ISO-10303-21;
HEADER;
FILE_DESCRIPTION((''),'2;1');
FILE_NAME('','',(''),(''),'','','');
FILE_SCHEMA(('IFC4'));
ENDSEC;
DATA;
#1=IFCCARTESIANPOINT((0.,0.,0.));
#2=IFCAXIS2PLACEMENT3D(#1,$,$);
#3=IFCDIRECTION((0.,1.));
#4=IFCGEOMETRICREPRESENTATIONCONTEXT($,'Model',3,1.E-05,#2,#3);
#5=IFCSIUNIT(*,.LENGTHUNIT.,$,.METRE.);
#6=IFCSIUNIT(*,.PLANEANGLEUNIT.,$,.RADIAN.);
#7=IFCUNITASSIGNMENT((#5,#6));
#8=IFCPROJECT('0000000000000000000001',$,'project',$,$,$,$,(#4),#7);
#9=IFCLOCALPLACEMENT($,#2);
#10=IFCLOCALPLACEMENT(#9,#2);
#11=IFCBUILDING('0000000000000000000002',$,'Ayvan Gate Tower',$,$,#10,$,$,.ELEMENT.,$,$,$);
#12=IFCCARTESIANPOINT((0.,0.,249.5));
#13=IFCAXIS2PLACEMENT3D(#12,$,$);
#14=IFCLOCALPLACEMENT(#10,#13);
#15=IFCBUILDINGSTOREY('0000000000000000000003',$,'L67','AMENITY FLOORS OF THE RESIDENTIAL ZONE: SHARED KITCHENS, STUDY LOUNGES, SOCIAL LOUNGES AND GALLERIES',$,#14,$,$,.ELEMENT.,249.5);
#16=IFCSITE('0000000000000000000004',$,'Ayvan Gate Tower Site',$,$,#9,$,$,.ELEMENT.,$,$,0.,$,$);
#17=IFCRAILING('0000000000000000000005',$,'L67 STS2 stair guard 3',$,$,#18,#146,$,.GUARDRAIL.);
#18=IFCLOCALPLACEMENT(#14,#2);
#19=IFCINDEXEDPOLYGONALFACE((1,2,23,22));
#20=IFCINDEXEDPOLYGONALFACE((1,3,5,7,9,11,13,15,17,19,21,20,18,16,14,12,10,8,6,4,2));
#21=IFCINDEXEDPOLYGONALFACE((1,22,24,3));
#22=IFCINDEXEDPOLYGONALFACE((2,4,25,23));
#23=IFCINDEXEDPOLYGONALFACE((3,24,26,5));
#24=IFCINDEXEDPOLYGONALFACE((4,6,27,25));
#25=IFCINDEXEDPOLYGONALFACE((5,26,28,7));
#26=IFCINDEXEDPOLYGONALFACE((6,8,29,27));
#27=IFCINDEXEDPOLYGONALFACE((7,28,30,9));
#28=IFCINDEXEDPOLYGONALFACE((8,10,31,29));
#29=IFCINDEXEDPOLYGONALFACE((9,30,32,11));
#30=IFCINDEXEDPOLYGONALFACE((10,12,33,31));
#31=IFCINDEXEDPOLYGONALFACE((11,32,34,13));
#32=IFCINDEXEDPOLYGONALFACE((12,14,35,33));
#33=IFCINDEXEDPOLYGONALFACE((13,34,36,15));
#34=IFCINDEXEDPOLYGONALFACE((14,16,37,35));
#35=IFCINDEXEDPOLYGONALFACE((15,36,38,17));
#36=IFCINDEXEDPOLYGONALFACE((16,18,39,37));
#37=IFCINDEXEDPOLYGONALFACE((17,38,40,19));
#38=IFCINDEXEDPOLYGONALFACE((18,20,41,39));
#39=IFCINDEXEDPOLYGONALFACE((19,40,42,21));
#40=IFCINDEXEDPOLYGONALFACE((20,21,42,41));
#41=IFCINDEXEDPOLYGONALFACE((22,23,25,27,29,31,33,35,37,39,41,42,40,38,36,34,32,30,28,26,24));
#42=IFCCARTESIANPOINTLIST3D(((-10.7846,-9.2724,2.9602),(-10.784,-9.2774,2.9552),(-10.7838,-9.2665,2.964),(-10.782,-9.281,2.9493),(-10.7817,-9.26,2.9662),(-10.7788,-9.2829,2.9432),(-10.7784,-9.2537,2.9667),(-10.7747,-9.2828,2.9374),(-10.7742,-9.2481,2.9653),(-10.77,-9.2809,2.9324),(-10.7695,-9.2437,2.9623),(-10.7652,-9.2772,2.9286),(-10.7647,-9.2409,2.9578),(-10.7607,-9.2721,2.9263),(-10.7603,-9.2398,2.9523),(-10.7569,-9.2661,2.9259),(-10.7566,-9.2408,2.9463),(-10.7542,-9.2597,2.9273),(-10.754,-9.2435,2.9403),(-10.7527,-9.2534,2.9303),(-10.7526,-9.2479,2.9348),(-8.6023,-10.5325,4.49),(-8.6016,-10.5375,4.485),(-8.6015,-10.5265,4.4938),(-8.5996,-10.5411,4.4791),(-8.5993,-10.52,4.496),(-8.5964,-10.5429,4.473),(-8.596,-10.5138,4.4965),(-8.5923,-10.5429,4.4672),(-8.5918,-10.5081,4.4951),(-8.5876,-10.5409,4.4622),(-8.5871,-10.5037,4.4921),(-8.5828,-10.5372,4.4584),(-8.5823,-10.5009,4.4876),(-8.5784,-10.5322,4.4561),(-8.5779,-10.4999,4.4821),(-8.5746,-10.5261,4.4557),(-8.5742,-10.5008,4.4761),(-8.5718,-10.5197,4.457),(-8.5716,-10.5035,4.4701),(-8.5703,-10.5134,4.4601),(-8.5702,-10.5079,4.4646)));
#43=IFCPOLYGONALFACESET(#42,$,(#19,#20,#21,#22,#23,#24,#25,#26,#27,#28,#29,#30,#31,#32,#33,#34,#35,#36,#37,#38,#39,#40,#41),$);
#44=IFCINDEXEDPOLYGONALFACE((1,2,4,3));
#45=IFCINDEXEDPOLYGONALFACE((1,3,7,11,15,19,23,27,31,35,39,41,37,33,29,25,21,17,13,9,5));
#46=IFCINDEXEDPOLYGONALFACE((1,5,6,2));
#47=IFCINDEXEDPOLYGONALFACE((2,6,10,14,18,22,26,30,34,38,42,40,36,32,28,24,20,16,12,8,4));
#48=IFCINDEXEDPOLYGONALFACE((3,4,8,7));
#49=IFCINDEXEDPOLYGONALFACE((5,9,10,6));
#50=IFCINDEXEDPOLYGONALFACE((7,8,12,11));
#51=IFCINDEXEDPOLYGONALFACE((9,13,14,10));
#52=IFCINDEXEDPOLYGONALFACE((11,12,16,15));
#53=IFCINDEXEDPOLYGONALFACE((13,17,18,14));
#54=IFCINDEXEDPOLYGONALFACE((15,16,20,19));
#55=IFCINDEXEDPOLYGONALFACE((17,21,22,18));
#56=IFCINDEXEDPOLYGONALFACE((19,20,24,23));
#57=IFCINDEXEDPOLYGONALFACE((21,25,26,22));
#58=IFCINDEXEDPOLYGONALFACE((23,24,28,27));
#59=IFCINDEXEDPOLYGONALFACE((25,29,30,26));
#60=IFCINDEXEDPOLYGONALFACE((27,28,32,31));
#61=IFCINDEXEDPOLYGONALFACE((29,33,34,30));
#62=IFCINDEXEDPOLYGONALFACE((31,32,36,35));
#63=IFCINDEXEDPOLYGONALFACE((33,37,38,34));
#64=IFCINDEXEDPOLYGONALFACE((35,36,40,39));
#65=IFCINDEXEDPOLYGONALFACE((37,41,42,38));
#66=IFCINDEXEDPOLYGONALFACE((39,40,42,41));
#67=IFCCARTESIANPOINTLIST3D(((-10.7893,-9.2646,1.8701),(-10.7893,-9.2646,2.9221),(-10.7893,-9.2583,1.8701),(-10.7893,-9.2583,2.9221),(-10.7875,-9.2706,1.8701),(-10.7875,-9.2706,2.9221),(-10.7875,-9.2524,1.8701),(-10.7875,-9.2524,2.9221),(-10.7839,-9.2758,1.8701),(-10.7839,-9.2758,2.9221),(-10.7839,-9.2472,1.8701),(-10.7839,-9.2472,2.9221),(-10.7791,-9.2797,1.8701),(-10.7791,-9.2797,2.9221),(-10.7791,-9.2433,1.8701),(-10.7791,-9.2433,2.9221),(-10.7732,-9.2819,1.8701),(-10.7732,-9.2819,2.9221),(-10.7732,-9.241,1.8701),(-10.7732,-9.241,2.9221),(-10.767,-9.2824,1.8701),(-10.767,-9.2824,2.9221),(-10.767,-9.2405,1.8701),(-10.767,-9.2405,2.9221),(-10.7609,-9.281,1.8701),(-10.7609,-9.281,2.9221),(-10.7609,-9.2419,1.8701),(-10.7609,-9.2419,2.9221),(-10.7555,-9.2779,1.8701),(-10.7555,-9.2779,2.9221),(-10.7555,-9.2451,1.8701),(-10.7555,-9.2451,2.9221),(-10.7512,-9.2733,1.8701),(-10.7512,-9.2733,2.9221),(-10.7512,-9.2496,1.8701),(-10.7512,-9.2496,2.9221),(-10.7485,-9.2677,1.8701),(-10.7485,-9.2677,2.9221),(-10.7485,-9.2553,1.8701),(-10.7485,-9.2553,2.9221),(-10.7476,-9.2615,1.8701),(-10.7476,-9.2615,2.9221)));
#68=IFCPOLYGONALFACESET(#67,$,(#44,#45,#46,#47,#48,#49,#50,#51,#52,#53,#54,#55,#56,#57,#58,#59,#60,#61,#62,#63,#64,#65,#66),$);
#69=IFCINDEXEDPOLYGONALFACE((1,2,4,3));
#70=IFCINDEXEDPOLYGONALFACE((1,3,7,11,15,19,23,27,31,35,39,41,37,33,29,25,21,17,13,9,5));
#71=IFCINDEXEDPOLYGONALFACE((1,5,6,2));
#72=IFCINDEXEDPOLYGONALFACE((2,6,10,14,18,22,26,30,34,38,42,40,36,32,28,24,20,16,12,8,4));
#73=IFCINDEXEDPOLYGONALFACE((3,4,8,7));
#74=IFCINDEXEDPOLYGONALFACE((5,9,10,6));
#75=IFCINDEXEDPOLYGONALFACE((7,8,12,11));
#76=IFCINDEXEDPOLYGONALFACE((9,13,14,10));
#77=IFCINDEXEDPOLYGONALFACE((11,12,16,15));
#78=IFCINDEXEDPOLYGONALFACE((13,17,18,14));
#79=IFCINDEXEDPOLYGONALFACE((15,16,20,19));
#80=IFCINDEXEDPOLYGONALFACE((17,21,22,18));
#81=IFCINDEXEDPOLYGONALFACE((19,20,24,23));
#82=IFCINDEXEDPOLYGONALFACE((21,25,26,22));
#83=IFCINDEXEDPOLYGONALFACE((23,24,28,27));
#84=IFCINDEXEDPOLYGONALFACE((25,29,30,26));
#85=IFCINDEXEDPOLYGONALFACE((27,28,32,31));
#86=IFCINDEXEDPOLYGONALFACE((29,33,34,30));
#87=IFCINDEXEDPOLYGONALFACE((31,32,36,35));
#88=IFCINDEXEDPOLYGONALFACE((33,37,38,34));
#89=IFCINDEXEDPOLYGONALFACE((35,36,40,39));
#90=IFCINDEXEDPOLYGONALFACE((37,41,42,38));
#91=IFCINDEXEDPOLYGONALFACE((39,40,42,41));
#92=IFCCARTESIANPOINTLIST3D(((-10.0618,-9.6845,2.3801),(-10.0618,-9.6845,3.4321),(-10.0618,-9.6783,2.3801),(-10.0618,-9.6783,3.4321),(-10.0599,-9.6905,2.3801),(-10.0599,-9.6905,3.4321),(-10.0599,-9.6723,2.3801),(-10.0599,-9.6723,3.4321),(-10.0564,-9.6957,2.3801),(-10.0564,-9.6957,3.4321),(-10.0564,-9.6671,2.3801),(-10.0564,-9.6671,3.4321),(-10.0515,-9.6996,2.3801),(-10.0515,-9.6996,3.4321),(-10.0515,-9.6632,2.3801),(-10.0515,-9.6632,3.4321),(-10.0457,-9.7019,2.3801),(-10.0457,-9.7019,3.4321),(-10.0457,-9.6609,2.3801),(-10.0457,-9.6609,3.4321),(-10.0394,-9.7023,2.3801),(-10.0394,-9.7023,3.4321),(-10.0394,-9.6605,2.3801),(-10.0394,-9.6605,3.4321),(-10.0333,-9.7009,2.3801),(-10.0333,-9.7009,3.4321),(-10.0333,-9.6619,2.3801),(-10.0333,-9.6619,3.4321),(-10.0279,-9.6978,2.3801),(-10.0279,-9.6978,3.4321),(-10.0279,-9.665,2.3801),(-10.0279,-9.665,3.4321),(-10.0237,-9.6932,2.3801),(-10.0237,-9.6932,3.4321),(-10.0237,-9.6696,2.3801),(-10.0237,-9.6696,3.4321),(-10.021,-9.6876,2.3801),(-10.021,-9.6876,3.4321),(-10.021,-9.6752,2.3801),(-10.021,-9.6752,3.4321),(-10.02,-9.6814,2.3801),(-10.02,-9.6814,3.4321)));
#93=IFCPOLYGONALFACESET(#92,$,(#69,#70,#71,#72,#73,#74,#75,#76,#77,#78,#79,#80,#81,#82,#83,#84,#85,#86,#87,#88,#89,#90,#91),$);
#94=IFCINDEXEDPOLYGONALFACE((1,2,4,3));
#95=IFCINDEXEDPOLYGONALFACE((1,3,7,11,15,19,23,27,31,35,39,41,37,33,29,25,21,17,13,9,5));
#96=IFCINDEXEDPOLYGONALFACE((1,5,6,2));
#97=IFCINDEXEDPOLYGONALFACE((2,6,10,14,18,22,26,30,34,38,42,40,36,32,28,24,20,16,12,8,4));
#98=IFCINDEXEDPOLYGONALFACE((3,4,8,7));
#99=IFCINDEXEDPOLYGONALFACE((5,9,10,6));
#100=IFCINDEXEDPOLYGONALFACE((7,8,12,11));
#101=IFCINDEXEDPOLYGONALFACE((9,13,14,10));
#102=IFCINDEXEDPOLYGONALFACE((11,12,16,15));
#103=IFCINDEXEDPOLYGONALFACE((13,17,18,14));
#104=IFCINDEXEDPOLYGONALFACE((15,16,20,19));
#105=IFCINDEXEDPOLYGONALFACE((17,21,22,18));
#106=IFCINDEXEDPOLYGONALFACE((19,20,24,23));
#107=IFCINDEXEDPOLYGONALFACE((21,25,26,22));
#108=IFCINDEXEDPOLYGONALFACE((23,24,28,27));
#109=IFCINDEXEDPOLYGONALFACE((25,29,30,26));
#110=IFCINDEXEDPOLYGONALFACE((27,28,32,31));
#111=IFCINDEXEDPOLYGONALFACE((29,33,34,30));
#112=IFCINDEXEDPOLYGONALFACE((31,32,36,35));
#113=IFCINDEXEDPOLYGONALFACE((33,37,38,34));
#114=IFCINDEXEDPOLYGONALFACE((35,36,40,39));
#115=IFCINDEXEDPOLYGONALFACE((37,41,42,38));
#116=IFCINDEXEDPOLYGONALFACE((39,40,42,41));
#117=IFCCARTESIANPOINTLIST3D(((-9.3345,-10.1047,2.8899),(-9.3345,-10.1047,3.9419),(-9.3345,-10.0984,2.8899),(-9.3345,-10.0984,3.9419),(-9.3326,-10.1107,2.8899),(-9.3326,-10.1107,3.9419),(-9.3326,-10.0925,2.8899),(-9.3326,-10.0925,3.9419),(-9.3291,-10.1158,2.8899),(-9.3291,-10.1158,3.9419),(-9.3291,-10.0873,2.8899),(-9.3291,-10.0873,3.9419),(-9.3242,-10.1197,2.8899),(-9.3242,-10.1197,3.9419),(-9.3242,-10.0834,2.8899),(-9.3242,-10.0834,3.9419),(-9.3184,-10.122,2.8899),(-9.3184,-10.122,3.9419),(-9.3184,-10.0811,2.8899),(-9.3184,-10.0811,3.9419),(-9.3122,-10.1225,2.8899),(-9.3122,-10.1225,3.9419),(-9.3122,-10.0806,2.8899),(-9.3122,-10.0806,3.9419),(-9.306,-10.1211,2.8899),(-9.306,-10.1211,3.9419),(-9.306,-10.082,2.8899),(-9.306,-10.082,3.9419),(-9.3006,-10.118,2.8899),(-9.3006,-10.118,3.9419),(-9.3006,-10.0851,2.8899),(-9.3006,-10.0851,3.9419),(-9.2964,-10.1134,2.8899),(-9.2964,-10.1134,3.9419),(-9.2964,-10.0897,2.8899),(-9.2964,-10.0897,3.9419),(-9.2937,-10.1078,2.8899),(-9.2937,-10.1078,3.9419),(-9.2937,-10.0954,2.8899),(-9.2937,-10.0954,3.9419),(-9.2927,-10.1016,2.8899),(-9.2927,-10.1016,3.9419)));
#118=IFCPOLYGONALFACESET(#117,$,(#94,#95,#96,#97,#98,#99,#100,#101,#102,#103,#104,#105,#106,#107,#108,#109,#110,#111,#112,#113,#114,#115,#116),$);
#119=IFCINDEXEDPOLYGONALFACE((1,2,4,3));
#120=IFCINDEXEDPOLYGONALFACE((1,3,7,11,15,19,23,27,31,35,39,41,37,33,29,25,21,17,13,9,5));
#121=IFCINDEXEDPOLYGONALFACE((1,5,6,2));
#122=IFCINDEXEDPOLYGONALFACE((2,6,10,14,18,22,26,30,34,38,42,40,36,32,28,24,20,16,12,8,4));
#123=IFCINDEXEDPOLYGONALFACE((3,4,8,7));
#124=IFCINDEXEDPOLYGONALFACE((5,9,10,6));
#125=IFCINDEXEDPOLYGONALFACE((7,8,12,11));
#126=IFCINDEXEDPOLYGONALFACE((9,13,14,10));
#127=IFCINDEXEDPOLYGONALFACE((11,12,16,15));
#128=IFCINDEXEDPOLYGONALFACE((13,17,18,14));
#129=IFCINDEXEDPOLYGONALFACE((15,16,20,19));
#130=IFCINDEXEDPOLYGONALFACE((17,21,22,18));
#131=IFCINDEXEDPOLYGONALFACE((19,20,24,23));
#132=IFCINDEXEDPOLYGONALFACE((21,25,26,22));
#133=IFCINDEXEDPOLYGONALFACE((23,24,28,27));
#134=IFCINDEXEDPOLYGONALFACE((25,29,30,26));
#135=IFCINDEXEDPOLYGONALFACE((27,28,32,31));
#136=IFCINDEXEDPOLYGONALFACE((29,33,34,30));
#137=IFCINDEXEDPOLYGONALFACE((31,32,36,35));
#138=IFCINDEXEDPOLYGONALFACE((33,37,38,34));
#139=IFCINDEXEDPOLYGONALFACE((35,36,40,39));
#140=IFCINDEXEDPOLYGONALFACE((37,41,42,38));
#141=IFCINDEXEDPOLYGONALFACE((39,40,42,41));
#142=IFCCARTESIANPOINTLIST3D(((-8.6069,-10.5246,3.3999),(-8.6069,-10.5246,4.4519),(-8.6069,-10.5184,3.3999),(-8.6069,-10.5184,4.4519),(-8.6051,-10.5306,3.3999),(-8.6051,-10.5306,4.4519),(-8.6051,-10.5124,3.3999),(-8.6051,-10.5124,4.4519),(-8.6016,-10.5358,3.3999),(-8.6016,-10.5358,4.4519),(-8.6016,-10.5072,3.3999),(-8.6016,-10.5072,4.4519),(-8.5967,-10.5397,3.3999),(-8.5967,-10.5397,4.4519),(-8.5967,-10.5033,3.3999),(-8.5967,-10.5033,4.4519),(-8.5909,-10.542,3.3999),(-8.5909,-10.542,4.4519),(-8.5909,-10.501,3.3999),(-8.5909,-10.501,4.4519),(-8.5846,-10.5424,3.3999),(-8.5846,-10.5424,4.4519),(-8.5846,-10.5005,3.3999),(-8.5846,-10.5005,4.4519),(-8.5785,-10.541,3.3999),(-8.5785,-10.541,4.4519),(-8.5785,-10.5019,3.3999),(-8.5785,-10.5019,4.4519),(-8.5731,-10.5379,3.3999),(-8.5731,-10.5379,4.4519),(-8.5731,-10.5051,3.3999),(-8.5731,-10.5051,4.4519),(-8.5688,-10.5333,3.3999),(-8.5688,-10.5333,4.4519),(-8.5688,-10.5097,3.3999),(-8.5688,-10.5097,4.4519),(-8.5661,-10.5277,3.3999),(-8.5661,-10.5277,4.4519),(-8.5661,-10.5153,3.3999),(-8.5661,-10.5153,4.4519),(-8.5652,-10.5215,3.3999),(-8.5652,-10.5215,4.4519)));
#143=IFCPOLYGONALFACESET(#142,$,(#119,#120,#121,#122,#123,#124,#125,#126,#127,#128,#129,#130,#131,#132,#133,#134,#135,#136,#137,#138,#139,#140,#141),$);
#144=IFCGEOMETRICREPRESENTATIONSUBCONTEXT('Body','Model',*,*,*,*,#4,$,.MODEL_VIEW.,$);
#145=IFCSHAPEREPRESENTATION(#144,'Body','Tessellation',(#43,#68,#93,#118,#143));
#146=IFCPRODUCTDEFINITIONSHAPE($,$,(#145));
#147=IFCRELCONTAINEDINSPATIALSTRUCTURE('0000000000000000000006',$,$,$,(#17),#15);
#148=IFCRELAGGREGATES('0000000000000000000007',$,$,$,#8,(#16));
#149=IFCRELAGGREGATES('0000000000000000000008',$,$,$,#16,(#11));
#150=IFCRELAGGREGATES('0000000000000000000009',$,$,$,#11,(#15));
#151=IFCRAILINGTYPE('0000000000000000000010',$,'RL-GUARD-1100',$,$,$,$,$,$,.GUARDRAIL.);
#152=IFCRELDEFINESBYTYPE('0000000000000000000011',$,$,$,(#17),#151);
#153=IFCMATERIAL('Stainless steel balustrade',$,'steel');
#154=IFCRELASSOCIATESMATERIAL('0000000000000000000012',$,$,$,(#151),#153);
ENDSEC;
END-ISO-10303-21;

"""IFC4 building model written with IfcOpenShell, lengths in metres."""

from ifc_helpers import new_model, si_unit, direction, frame, origin, origin_2d, place, context, subcontext, project, spatial, circle, extrude, material, type_object, element, save


model = new_model("IFC4")

# Units and contexts
model_context = context("Model", 3, precision=1e-05, world=origin(), true_north=direction((0.0, 1.0)))
body_context = subcontext(model_context, "Body", "Model", "MODEL_VIEW")
ifc_project = project(units=[si_unit("LENGTHUNIT", "METRE"), si_unit("PLANEANGLEUNIT", "RADIAN")], contexts=[model_context])

# Site, building, storey
site_placement = place(None, origin())
site = spatial("IfcSite", under=ifc_project, at=site_placement, Name="Ayvan Gate Tower Site", CompositionType="ELEMENT", RefElevation=0.0)
building_placement = place(site_placement, origin())
building = spatial("IfcBuilding", under=site, at=building_placement, Name="Ayvan Gate Tower", CompositionType="ELEMENT")
storey_placement = place(building_placement, frame((0.0, 0.0, 249.5)))
storey = spatial("IfcBuildingStorey", under=building, at=storey_placement, Name="L67", Description="AMENITY FLOORS OF THE RESIDENTIAL ZONE: SHARED KITCHENS, STUDY LOUNGES, SOCIAL LOUNGES AND GALLERIES", CompositionType="ELEMENT", Elevation=249.5)

# Railing
ifc_material_1 = material(Name="Stainless steel balustrade", Category="steel")
railing_type_1 = type_object("IfcRailingType", Name="RL-GUARD-1100", PredefinedType="GUARDRAIL", material=ifc_material_1)
railing_1_placement = place(storey_placement, frame((-10.7686, -9.2615, 1.8701)))
element("IfcRailing", 1, at=railing_1_placement, inside=storey, type_object=railing_type_1, Name="L67 STS2 stair guard 3", PredefinedType="GUARDRAIL", context=body_context, shape_type="SweptSolid", body=[
    extrude(circle(Radius=0.0239, at=origin_2d()), frame((0.0, 0.0, 1.0762), z_axis=(0.740293, -0.427414, 0.518926), x_axis=(0.500005, 0.866023, 0.0)), (0.0, 0.0, 1.0), 2.948),
    extrude(circle(Radius=0.021, at=origin_2d()), origin(), (0.0, 0.0, 1.0), 1.052),
    extrude(circle(Radius=0.021, at=origin_2d()), frame((0.7275, -0.4199, 0.51)), (0.0, 0.0, 1.0), 1.052),
    extrude(circle(Radius=0.021, at=origin_2d()), frame((1.4548, -0.8401, 1.0198)), (0.0, 0.0, 1.0), 1.052),
    extrude(circle(Radius=0.021, at=origin_2d()), frame((2.1824, -1.26, 1.5298)), (0.0, 0.0, 1.0), 1.052),
])

save(model, "model.ifc")
